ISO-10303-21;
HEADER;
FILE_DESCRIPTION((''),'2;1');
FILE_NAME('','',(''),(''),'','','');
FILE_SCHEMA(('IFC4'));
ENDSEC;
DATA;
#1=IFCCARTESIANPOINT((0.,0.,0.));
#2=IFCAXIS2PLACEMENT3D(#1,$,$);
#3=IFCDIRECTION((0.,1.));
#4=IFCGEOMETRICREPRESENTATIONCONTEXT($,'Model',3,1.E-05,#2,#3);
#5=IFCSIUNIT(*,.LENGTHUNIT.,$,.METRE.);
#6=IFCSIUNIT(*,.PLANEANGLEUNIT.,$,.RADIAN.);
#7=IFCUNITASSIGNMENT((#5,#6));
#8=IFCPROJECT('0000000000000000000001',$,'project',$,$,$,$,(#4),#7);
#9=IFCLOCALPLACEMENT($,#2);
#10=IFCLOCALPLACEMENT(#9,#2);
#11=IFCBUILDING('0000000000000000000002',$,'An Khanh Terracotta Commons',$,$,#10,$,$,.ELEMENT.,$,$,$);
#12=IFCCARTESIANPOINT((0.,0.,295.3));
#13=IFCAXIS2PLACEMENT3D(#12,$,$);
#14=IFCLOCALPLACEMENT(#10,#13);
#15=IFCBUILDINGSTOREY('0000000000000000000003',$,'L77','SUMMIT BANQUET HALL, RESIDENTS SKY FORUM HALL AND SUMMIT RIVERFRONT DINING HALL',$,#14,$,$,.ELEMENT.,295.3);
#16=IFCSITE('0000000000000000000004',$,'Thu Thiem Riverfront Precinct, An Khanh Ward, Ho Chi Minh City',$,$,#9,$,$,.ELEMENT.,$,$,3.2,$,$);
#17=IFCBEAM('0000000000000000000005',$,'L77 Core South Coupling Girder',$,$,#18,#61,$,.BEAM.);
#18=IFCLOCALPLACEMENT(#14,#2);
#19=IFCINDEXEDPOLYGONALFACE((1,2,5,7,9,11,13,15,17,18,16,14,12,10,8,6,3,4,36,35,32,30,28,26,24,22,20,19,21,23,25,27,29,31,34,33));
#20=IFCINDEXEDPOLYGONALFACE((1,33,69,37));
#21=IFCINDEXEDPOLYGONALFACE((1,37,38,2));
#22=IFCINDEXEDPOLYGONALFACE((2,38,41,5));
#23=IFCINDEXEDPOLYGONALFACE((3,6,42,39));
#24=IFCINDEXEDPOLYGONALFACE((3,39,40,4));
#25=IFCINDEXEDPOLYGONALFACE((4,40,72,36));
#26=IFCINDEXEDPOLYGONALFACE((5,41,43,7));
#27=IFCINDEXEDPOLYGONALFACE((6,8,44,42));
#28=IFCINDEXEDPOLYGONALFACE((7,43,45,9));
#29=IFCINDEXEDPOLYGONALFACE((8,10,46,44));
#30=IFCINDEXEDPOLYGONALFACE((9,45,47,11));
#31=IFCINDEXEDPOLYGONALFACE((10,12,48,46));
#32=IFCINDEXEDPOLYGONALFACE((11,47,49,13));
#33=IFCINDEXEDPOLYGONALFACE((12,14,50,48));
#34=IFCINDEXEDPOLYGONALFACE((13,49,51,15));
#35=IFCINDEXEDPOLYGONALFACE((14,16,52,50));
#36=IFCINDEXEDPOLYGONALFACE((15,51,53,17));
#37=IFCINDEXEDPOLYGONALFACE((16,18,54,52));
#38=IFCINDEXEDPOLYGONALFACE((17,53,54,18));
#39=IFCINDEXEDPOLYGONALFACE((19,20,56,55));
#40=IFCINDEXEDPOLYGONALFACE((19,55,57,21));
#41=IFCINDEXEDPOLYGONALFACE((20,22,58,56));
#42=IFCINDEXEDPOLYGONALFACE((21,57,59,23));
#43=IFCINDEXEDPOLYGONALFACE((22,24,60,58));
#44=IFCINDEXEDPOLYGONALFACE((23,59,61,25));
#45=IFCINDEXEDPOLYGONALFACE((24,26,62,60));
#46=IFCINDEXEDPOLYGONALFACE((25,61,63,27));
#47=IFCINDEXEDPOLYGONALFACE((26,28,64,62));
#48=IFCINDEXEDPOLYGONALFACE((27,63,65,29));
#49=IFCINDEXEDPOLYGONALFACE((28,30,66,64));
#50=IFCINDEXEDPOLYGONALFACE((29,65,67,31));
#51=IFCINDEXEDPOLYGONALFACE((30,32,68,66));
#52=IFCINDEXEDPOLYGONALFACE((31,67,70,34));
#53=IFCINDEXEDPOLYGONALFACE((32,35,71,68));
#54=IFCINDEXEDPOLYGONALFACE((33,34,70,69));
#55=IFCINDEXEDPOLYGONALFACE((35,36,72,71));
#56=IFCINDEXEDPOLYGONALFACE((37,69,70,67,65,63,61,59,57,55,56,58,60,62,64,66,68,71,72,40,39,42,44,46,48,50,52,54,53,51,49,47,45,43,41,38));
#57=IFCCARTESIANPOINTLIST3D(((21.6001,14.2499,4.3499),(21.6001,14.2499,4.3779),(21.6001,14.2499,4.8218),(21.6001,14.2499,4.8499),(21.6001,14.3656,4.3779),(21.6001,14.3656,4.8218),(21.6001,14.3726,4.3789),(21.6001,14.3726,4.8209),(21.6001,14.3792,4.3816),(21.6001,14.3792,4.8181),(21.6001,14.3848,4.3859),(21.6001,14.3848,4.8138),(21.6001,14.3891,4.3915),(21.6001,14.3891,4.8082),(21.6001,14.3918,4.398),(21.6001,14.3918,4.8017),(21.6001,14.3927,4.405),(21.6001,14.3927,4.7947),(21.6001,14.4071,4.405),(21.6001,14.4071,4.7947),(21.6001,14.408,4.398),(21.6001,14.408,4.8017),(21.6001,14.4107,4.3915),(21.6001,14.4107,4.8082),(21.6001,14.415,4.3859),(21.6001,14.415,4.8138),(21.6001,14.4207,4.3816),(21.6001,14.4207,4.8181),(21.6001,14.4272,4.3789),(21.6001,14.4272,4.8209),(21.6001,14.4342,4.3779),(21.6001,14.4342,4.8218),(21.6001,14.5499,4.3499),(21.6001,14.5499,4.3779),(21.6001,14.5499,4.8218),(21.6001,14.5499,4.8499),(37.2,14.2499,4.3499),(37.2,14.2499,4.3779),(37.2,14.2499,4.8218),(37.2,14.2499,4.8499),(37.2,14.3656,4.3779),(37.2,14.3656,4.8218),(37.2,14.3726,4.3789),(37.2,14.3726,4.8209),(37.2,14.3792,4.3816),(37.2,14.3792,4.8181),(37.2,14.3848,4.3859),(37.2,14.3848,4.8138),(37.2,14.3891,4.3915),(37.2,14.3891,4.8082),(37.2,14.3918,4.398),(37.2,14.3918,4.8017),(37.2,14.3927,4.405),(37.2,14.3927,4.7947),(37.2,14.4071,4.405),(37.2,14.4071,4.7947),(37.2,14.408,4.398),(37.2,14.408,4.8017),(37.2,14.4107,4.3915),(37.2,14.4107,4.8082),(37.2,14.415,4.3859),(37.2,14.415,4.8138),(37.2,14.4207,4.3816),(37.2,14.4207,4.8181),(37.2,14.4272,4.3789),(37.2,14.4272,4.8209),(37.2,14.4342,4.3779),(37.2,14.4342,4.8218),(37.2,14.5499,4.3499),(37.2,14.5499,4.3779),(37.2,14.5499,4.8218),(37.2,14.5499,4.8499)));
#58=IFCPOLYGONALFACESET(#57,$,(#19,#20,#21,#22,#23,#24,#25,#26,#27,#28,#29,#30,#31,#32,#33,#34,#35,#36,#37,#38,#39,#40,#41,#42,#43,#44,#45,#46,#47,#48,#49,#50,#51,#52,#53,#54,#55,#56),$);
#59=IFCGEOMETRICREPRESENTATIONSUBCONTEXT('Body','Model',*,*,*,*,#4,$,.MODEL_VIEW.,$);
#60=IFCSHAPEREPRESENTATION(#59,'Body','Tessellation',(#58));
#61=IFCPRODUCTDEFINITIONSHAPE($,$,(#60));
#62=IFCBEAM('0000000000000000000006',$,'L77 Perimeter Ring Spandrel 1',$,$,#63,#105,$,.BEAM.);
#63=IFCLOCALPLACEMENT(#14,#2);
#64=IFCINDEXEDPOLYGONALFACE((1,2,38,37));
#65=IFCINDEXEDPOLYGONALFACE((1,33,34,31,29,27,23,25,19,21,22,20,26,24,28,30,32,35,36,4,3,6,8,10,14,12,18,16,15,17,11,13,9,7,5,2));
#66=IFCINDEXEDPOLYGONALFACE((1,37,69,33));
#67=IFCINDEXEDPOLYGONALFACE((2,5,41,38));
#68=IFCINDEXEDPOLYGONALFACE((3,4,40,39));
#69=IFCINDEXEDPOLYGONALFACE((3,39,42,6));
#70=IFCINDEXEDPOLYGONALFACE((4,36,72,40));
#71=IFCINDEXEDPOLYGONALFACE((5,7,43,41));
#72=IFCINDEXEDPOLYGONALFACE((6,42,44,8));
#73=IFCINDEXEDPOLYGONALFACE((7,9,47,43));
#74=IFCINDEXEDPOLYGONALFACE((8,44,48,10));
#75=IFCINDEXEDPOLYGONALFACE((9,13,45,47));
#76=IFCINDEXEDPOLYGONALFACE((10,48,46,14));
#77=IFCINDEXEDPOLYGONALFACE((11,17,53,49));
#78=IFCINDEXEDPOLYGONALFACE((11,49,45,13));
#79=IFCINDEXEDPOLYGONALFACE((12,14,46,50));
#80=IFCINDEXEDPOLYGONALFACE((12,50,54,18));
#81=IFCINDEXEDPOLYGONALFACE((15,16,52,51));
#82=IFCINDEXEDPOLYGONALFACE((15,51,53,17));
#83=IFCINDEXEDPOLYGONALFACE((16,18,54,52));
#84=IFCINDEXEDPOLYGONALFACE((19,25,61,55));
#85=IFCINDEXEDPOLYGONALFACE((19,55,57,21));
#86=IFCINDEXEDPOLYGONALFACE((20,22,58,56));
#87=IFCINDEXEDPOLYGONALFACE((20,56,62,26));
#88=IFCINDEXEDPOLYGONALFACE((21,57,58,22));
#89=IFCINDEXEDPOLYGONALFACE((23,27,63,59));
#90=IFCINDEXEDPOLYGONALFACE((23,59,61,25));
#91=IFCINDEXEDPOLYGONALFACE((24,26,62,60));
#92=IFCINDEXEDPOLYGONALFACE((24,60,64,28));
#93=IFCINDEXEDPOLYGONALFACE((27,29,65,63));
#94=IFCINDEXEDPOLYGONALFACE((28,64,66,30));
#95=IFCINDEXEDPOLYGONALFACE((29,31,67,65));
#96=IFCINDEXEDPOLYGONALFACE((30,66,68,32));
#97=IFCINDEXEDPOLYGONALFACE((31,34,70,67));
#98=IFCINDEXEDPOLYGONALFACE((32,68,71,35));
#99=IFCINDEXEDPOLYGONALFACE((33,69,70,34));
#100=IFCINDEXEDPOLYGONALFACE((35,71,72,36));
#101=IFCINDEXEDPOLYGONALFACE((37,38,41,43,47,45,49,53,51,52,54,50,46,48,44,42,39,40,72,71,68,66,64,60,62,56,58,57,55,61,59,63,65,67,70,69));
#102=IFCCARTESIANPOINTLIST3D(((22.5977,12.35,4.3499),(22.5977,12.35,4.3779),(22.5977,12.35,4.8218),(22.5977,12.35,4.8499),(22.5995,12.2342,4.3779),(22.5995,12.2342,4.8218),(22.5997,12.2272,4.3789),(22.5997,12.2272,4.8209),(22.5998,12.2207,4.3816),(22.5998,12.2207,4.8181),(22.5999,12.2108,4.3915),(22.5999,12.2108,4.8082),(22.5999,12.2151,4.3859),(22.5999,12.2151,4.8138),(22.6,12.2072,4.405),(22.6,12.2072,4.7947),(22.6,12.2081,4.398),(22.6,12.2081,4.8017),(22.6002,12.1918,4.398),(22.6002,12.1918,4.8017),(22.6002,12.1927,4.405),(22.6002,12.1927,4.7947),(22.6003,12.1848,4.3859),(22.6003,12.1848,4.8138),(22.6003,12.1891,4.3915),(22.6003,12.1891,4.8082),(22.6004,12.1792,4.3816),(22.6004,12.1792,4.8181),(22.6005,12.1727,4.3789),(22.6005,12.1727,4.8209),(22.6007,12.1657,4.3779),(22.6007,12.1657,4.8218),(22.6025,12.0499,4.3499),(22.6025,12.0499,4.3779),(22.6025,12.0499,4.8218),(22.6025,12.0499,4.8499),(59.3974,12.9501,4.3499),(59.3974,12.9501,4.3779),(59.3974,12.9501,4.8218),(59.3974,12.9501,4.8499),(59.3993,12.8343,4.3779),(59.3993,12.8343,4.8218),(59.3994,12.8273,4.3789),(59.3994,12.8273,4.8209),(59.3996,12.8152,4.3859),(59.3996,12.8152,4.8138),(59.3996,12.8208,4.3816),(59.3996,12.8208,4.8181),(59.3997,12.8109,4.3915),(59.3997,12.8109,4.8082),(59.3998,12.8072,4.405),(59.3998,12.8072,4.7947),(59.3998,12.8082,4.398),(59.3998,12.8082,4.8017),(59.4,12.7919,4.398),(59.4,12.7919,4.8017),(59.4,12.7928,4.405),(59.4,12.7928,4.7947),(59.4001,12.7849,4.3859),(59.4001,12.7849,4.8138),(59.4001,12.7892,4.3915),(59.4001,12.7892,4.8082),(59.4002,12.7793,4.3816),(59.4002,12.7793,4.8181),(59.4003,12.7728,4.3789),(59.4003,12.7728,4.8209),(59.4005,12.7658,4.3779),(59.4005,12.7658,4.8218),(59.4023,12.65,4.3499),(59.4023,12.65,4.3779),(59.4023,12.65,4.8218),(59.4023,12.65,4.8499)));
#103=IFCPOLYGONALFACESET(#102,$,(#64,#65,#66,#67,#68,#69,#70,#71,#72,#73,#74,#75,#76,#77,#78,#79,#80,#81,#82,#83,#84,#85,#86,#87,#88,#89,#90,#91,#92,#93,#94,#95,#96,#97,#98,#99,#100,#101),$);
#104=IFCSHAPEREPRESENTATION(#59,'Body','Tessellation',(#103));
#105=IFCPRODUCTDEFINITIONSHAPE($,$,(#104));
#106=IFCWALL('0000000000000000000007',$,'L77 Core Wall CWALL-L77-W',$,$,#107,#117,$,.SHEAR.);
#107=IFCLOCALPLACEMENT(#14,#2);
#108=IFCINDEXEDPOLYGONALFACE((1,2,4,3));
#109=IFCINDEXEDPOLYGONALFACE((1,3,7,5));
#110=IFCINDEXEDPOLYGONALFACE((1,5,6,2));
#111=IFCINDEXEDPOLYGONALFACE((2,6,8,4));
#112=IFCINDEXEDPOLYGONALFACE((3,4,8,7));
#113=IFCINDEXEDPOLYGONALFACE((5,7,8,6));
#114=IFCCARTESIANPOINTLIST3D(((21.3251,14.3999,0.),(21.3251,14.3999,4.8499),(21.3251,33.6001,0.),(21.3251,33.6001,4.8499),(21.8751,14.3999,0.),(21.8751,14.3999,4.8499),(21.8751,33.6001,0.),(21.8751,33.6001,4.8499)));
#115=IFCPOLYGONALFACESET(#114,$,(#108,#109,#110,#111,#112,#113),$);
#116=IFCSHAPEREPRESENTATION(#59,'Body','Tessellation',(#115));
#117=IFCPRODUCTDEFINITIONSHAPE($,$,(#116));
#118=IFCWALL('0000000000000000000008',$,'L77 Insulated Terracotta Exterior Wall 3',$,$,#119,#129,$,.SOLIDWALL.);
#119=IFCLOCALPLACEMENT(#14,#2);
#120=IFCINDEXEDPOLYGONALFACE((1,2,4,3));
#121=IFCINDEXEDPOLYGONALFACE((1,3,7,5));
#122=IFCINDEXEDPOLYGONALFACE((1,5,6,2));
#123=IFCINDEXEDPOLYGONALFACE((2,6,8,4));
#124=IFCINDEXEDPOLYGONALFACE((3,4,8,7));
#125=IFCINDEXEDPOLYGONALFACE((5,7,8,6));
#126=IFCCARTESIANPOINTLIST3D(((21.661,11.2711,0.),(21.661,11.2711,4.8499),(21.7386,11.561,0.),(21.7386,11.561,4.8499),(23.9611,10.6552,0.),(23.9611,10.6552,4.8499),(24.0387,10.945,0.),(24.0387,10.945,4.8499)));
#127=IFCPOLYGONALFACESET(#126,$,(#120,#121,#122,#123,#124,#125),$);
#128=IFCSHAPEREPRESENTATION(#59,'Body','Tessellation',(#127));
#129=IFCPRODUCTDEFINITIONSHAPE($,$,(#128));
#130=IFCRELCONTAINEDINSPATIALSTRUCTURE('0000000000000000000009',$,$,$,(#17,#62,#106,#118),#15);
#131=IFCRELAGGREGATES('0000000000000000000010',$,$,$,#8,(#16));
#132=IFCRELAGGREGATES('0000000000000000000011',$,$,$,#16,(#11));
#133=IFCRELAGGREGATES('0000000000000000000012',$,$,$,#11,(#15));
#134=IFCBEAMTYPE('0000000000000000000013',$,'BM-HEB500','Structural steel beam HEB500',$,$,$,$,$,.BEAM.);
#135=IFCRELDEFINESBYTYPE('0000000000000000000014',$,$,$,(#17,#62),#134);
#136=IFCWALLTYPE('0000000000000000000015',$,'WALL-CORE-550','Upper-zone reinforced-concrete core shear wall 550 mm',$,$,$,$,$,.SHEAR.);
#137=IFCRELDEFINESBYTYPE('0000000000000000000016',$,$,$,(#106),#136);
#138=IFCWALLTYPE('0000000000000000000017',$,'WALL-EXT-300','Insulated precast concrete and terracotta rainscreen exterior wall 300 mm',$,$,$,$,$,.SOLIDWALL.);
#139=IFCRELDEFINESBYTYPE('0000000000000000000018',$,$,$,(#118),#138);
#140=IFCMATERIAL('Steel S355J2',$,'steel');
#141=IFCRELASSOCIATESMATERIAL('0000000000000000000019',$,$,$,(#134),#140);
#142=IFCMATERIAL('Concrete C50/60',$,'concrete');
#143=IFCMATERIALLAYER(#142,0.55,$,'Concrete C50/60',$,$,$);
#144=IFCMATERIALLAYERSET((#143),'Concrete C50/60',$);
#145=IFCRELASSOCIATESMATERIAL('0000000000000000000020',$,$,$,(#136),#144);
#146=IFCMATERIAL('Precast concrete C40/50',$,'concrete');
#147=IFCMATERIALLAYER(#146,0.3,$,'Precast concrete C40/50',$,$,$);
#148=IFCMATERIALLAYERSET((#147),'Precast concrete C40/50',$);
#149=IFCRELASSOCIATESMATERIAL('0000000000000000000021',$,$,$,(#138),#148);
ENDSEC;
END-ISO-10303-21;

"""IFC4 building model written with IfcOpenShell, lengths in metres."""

from ifc_helpers import new_model, si_unit, direction, frame, frame_2d, origin, origin_2d, place, context, subcontext, project, spatial, rectangle, i_section, extrude, material, layer, layer_set, material_profile, profile_set, type_object, element, save


model = new_model("IFC4")

# Units and contexts
model_context = context("Model", 3, precision=1e-05, world=origin(), true_north=direction((0.0, 1.0)))
body_context = subcontext(model_context, "Body", "Model", "MODEL_VIEW")
ifc_project = project(units=[si_unit("LENGTHUNIT", "METRE"), si_unit("PLANEANGLEUNIT", "RADIAN")], contexts=[model_context])

# Site, building, storey
site_placement = place(None, origin())
site = spatial("IfcSite", under=ifc_project, at=site_placement, Name="Thu Thiem Riverfront Precinct, An Khanh Ward, Ho Chi Minh City", CompositionType="ELEMENT", RefElevation=3.2)
building_placement = place(site_placement, origin())
building = spatial("IfcBuilding", under=site, at=building_placement, Name="An Khanh Terracotta Commons", CompositionType="ELEMENT")
storey_placement = place(building_placement, frame((0.0, 0.0, 295.3)))
storey = spatial("IfcBuildingStorey", under=building, at=storey_placement, Name="L77", Description="SUMMIT BANQUET HALL, RESIDENTS SKY FORUM HALL AND SUMMIT RIVERFRONT DINING HALL", CompositionType="ELEMENT", Elevation=295.3)

# Shared definitions
ifc_material_1 = material(Name="Concrete C50/60", Category="concrete")

# Beams
ifc_material_2 = material(Name="Steel S355J2", Category="steel")
ifc_material_profile_1 = material_profile(ifc_material_2, i_section(OverallWidth=0.3, OverallDepth=0.5, WebThickness=0.0144, FlangeThickness=0.0281, FilletRadius=0.0271, at=origin_2d()), Name="HEB500")
ifc_profile_set_1 = profile_set([ifc_material_profile_1], Name="Steel S355J2")
beam_type_1 = type_object("IfcBeamType", Name="BM-HEB500", Description="Structural steel beam HEB500", PredefinedType="BEAM", material=ifc_profile_set_1)
beam_1_placement = place(storey_placement, frame((21.6001, 14.3999, 4.5999), z_axis=(1.0, 0.0, 0.0), x_axis=(0.0, 1.0, 0.0)))
element("IfcBeam", 1, at=beam_1_placement, inside=storey, type_object=beam_type_1, Name="L77 Core South Coupling Girder", PredefinedType="BEAM", context=body_context, shape_type="SweptSolid", body=[
    extrude(i_section(OverallWidth=0.3, OverallDepth=0.5, WebThickness=0.0144, FlangeThickness=0.0281, FilletRadius=0.0271, at=origin_2d()), origin(), (0.0, 0.0, 1.0), 15.5999),
])
beam_2_placement = place(storey_placement, frame((22.6001, 12.2, 4.5999), z_axis=(0.999867, 0.016305, 0.0), x_axis=(-0.016305, 0.999867, 0.0)))
element("IfcBeam", 2, at=beam_2_placement, inside=storey, type_object=beam_type_1, Name="L77 Perimeter Ring Spandrel 1", PredefinedType="BEAM", context=body_context, shape_type="SweptSolid", body=[
    extrude(i_section(OverallWidth=0.3, OverallDepth=0.5, WebThickness=0.0144, FlangeThickness=0.0281, FilletRadius=0.0271, at=origin_2d()), origin(), (0.0, 0.0, 1.0), 36.8047),
])

# Walls
ifc_layer_1 = layer(ifc_material_1, 0.55, Name="Concrete C50/60")
ifc_layer_set_1 = layer_set([ifc_layer_1], Name="Concrete C50/60")
wall_type_1 = type_object("IfcWallType", Name="WALL-CORE-550", Description="Upper-zone reinforced-concrete core shear wall 550 mm", PredefinedType="SHEAR", material=ifc_layer_set_1)
wall_1_placement = place(storey_placement, frame((21.6001, 14.3999, 0.0), z_axis=(0.0, 0.0, 1.0), x_axis=(0.0, 1.0, 0.0)))
element("IfcWall", 3, at=wall_1_placement, inside=storey, type_object=wall_type_1, Name="L77 Core Wall CWALL-L77-W", PredefinedType="SHEAR", context=body_context, shape_type="SweptSolid", body=[
    extrude(rectangle(XDim=19.2002, YDim=0.55, at=frame_2d((9.6001, 0.0))), origin(), (0.0, 0.0, 1.0), 4.8499),
])
ifc_material_3 = material(Name="Precast concrete C40/50", Category="concrete")
ifc_layer_2 = layer(ifc_material_3, 0.3, Name="Precast concrete C40/50")
ifc_layer_set_2 = layer_set([ifc_layer_2], Name="Precast concrete C40/50")
wall_type_2 = type_object("IfcWallType", Name="WALL-EXT-300", Description="Insulated precast concrete and terracotta rainscreen exterior wall 300 mm", PredefinedType="SOLIDWALL", material=ifc_layer_set_2)
wall_2_placement = place(storey_placement, frame((21.7, 11.416, 0.0), z_axis=(0.0, 0.0, 1.0), x_axis=(0.96596, -0.25869, 0.0)))
element("IfcWall", 4, at=wall_2_placement, inside=storey, type_object=wall_type_2, Name="L77 Insulated Terracotta Exterior Wall 3", PredefinedType="SOLIDWALL", context=body_context, shape_type="SweptSolid", body=[
    extrude(rectangle(XDim=2.3811, YDim=0.3, at=frame_2d((1.1904, 0.0))), origin(), (0.0, 0.0, 1.0), 4.8499),
])

save(model, "model.ifc")
